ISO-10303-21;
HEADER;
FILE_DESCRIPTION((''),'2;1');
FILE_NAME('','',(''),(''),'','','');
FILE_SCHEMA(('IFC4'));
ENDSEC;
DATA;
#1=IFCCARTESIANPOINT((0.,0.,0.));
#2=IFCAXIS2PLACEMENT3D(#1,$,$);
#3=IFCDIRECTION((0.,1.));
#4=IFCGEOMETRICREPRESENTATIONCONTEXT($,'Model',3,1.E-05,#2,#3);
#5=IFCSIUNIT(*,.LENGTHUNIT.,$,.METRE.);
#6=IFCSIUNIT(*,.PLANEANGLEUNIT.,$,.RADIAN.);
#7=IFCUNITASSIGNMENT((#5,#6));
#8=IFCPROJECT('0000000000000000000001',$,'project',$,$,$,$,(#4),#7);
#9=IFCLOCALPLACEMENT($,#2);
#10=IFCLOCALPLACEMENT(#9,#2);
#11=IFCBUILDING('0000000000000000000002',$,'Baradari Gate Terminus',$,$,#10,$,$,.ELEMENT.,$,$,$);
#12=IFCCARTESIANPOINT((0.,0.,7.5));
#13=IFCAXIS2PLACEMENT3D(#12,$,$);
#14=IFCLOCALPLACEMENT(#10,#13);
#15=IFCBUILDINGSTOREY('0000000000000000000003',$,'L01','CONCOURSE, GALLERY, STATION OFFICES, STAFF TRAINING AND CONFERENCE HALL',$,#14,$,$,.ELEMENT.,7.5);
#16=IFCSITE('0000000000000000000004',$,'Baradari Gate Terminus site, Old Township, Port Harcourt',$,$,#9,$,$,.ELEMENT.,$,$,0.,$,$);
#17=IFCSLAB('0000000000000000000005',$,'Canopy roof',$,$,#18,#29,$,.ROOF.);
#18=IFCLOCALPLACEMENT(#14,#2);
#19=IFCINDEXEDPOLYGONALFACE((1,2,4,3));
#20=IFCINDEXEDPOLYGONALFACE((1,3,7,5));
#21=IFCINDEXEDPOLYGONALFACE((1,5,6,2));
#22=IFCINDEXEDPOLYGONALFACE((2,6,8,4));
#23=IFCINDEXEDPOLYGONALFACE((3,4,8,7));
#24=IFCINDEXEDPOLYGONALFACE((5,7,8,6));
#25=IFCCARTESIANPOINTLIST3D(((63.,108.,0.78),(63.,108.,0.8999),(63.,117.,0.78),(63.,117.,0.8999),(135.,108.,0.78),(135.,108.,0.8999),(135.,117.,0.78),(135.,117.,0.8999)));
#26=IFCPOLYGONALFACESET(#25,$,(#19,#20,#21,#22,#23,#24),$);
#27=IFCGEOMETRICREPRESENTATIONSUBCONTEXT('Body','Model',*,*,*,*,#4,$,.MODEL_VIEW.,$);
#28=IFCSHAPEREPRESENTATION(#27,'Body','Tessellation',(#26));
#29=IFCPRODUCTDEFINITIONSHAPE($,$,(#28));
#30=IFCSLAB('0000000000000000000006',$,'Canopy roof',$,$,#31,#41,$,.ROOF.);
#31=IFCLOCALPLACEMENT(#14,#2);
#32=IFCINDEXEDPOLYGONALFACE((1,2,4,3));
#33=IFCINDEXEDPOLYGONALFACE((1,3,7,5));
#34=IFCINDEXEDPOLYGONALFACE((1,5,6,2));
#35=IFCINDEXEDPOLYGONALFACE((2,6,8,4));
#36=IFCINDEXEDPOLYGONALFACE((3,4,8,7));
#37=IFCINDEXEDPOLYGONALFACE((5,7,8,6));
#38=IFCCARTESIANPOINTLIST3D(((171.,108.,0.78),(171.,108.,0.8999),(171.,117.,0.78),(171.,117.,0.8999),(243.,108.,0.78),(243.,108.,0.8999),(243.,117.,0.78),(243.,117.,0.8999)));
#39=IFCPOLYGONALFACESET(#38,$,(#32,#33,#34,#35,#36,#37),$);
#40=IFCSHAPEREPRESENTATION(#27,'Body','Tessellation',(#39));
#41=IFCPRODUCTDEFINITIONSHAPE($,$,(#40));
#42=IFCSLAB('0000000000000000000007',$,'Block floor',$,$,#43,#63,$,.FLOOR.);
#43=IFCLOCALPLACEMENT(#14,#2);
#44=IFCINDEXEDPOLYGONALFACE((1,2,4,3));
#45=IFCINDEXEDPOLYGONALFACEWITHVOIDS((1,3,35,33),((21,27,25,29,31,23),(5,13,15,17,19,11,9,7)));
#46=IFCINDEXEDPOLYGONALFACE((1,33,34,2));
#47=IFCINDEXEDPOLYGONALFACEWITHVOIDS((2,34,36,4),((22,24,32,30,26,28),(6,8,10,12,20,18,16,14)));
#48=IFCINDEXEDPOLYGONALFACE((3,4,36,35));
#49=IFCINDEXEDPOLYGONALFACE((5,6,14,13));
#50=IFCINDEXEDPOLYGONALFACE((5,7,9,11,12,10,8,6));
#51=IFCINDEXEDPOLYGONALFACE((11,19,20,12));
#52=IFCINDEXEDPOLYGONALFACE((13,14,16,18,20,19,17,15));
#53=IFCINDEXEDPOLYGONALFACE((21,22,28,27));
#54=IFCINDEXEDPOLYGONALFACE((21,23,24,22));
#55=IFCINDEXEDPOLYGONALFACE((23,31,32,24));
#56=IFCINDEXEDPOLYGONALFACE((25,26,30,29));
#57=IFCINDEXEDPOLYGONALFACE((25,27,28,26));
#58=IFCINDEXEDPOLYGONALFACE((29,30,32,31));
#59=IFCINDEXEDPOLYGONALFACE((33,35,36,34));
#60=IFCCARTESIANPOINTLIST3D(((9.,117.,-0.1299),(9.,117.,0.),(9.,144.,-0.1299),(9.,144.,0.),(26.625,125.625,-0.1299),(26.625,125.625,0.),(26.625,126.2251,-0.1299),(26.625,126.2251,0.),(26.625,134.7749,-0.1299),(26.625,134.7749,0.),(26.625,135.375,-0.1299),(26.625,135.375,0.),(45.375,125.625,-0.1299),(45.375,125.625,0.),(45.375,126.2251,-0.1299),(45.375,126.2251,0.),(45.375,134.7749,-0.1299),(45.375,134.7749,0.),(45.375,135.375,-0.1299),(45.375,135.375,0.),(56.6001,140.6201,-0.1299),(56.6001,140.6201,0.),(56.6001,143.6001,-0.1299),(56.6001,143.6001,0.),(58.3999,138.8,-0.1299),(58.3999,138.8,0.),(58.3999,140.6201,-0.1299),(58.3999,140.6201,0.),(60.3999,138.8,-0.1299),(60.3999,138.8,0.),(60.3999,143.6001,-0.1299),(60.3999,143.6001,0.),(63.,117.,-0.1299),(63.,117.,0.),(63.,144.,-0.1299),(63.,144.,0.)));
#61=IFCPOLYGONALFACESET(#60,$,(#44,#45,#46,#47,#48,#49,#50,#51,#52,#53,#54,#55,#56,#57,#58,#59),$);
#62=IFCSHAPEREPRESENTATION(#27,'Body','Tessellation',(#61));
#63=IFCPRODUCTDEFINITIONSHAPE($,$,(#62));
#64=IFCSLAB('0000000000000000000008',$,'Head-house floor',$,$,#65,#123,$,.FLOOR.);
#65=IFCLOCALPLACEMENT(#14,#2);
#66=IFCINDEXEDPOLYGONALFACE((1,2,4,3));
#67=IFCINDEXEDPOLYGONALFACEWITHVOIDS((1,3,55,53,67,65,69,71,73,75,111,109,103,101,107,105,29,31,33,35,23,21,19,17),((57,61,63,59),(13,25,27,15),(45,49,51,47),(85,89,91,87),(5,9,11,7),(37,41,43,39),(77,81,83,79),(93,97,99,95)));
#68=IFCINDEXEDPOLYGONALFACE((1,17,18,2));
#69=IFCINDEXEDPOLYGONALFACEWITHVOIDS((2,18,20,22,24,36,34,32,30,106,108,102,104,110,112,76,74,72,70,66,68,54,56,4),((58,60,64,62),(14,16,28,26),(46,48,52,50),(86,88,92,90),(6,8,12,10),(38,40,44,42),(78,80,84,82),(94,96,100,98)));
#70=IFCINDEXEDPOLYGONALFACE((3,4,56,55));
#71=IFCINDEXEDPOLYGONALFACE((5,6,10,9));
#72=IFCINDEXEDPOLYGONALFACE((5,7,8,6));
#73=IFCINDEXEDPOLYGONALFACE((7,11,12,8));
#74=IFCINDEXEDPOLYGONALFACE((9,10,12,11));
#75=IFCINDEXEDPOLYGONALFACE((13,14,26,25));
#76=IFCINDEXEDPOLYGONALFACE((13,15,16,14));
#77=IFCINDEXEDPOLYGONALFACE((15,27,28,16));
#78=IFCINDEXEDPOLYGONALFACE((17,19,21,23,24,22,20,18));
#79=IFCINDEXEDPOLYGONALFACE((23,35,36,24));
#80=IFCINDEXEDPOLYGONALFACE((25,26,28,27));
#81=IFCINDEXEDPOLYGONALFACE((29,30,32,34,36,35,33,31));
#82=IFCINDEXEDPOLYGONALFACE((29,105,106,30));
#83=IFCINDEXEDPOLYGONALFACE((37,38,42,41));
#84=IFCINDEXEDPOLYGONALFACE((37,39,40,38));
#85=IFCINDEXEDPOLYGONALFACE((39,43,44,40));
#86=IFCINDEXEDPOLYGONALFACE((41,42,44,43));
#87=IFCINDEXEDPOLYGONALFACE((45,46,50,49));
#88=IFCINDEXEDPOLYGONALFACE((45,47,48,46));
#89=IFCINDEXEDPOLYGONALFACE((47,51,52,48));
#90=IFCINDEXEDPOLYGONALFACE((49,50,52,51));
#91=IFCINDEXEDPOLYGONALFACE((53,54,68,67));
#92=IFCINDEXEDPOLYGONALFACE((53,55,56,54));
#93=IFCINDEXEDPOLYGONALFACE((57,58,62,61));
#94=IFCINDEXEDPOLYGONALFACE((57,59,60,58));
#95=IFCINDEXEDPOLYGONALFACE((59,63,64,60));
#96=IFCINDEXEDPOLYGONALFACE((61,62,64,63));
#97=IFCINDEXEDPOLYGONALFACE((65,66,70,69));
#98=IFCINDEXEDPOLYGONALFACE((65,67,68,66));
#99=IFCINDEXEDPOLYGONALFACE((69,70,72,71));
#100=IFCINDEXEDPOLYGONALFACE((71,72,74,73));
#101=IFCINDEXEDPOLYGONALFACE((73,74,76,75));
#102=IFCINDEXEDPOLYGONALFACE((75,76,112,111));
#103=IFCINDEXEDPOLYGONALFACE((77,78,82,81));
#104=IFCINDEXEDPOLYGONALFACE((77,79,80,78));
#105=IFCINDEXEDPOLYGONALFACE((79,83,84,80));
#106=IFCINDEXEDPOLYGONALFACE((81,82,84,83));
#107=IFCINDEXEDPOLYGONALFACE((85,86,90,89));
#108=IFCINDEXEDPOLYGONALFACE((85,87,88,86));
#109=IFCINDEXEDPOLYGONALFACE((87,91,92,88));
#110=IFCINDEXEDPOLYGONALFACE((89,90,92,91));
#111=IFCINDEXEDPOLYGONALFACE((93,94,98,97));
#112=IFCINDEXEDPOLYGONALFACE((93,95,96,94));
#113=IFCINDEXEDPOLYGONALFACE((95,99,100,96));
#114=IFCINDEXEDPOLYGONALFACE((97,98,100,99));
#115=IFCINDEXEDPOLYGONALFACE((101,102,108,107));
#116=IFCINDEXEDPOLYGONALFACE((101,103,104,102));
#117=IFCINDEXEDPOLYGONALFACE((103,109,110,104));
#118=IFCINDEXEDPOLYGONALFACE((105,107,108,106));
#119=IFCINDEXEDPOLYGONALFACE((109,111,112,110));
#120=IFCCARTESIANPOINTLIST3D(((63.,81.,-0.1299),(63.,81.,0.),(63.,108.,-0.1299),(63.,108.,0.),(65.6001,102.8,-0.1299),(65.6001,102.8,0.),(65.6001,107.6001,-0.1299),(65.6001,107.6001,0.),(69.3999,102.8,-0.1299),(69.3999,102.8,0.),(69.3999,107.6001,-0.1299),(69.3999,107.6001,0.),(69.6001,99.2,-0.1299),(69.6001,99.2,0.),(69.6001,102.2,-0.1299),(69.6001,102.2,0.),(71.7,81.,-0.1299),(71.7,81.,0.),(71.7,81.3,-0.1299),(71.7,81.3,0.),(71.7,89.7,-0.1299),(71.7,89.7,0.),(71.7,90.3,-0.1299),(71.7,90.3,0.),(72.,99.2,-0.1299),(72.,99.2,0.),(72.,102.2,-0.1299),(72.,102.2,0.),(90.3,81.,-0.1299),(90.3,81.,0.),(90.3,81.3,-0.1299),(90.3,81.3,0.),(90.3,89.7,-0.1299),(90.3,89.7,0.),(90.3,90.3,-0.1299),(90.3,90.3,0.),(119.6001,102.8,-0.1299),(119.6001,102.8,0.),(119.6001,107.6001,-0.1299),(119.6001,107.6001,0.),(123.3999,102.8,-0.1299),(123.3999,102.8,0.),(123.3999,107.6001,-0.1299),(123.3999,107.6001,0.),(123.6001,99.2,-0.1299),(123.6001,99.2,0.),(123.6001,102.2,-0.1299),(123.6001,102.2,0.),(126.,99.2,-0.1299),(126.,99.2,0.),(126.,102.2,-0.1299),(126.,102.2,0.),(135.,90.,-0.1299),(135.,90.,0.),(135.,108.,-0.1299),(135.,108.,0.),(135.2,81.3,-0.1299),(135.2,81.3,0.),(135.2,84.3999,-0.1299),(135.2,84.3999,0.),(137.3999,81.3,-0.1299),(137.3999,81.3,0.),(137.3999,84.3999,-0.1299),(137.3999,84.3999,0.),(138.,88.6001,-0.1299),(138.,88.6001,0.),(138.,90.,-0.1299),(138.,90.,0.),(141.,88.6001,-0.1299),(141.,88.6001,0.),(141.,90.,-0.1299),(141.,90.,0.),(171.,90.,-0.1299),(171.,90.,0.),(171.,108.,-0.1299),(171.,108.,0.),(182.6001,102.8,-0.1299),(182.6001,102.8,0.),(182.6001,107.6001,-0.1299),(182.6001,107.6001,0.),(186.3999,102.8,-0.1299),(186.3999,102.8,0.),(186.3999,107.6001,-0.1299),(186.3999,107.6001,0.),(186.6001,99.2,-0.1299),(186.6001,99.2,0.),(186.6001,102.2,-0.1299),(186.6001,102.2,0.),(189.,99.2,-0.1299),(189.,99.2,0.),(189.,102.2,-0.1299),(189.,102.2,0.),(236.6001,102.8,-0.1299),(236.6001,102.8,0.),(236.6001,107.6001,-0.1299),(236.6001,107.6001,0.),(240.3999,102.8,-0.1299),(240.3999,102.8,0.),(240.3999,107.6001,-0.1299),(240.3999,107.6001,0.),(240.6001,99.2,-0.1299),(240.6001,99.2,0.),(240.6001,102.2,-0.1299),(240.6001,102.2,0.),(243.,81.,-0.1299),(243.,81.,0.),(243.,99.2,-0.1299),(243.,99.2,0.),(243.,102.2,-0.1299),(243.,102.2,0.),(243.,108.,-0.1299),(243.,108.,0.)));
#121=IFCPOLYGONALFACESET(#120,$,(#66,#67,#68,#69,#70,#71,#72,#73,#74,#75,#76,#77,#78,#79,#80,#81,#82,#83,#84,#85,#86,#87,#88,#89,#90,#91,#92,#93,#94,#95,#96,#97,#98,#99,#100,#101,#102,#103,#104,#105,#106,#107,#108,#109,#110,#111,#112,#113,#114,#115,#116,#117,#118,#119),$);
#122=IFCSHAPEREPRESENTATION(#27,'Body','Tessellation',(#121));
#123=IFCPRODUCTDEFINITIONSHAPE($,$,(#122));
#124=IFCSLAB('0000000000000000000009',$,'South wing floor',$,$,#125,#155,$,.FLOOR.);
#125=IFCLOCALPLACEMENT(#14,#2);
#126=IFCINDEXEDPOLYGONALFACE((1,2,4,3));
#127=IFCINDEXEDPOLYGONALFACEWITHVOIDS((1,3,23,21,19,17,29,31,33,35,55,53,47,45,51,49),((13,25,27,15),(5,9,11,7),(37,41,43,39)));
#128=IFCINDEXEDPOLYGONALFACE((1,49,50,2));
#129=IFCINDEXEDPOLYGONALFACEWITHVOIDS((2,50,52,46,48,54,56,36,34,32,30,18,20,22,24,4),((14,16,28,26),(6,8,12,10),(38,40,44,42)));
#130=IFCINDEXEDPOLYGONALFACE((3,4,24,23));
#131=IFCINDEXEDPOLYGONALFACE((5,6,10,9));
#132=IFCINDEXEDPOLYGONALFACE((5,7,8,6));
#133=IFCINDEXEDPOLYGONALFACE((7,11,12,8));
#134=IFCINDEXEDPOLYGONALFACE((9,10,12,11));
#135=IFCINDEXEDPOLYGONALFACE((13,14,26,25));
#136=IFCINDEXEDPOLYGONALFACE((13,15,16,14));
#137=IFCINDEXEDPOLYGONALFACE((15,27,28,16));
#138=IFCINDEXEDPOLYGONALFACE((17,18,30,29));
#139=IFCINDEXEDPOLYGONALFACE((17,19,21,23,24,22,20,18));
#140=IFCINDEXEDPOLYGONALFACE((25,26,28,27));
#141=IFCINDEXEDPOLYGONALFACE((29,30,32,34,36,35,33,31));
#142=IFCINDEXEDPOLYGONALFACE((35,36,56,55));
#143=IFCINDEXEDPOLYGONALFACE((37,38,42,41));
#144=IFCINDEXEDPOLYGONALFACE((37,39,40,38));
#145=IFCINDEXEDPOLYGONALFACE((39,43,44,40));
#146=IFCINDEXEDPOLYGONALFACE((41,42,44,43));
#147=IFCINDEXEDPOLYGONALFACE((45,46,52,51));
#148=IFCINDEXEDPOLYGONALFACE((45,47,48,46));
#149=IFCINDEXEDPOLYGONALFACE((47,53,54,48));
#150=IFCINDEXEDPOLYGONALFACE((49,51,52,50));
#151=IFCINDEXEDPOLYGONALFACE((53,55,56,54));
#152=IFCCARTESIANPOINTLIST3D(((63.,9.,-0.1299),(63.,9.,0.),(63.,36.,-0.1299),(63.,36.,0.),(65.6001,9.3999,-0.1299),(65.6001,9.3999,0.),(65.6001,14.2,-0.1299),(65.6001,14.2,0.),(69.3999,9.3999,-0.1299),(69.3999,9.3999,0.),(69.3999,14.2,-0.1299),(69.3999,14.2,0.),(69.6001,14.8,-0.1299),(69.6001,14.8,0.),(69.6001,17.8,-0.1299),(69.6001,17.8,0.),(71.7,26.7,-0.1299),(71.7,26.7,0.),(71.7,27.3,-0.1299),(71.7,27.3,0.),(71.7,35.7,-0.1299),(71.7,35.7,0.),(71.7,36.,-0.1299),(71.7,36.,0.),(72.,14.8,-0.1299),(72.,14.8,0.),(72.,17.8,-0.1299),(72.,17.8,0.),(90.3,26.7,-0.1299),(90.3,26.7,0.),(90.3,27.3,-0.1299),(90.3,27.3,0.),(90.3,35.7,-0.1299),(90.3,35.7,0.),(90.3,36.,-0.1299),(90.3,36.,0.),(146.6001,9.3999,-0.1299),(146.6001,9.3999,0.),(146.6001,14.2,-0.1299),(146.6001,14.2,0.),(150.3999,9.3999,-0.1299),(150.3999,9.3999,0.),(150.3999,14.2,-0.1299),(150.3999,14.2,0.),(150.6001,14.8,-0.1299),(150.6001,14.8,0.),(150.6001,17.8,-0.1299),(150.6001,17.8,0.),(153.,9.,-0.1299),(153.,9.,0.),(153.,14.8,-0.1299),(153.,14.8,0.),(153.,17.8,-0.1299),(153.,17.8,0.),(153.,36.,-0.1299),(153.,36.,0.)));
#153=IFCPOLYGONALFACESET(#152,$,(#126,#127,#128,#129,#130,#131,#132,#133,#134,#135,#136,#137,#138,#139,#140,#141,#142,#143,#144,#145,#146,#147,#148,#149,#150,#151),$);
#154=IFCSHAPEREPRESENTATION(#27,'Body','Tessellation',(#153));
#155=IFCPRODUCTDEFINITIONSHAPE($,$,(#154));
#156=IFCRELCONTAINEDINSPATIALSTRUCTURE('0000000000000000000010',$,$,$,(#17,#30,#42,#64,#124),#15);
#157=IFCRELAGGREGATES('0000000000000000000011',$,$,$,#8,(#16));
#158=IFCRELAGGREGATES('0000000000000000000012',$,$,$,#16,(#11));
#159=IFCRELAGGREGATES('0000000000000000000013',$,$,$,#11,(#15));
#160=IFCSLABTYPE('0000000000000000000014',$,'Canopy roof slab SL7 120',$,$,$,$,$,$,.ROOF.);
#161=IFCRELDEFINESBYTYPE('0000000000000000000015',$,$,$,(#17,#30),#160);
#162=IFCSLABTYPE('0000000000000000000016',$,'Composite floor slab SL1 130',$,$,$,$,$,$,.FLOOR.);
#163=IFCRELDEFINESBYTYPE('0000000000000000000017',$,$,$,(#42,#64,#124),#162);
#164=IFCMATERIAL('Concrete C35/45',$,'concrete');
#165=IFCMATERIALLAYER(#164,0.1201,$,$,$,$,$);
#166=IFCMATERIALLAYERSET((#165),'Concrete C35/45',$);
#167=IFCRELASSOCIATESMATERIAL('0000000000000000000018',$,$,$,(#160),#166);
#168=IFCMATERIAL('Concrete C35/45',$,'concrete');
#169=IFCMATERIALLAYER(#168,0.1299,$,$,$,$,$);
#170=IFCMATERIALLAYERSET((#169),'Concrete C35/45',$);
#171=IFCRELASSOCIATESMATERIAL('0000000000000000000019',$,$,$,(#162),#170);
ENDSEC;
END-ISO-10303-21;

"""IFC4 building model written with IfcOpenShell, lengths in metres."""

from ifc_helpers import new_model, si_unit, direction, frame, origin, place, context, subcontext, project, spatial, polyline, outline, extrude, material, layer, layer_set, type_object, element, save


model = new_model("IFC4")

# Units and contexts
model_context = context("Model", 3, precision=1e-05, world=origin(), true_north=direction((0.0, 1.0)))
body_context = subcontext(model_context, "Body", "Model", "MODEL_VIEW")
ifc_project = project(units=[si_unit("LENGTHUNIT", "METRE"), si_unit("PLANEANGLEUNIT", "RADIAN")], contexts=[model_context])

# Site, building, storey
site_placement = place(None, origin())
site = spatial("IfcSite", under=ifc_project, at=site_placement, Name="Baradari Gate Terminus site, Old Township, Port Harcourt", CompositionType="ELEMENT", RefElevation=0.0)
building_placement = place(site_placement, origin())
building = spatial("IfcBuilding", under=site, at=building_placement, Name="Baradari Gate Terminus", CompositionType="ELEMENT")
storey_placement = place(building_placement, frame((0.0, 0.0, 7.5)))
storey = spatial("IfcBuildingStorey", under=building, at=storey_placement, Name="L01", Description="CONCOURSE, GALLERY, STATION OFFICES, STAFF TRAINING AND CONFERENCE HALL", CompositionType="ELEMENT", Elevation=7.5)

# Slabs
ifc_material_1 = material(Name="Concrete C35/45", Category="concrete")
ifc_layer_1 = layer(ifc_material_1, 0.1201)
ifc_layer_set_1 = layer_set([ifc_layer_1], Name="Concrete C35/45")
slab_type_1 = type_object("IfcSlabType", Name="Canopy roof slab SL7 120", PredefinedType="ROOF", material=ifc_layer_set_1)
slab_1_placement = place(storey_placement, frame((0.0, 0.0, 0.78)))
element("IfcSlab", 1, at=slab_1_placement, inside=storey, type_object=slab_type_1, Name="Canopy roof", PredefinedType="ROOF", context=body_context, shape_type="SweptSolid", body=[
    extrude(outline(polyline([(63.0, 117.0), (63.0, 108.0), (135.0, 108.0), (135.0, 117.0), (63.0, 117.0)])), origin(), (0.0, 0.0, 1.0), 0.1199),
])
slab_2_placement = place(storey_placement, frame((0.0, 0.0, 0.78)))
element("IfcSlab", 2, at=slab_2_placement, inside=storey, type_object=slab_type_1, Name="Canopy roof", PredefinedType="ROOF", context=body_context, shape_type="SweptSolid", body=[
    extrude(outline(polyline([(171.0, 117.0), (171.0, 108.0), (243.0, 108.0), (243.0, 117.0), (171.0, 117.0)])), origin(), (0.0, 0.0, 1.0), 0.1199),
])
ifc_material_2 = material(Name="Concrete C35/45", Category="concrete")
ifc_layer_2 = layer(ifc_material_2, 0.1299)
ifc_layer_set_2 = layer_set([ifc_layer_2], Name="Concrete C35/45")
slab_type_2 = type_object("IfcSlabType", Name="Composite floor slab SL1 130", PredefinedType="FLOOR", material=ifc_layer_set_2)
slab_3_placement = place(storey_placement, frame((0.0, 0.0, -0.1299)))
element("IfcSlab", 3, at=slab_3_placement, inside=storey, type_object=slab_type_2, Name="Block floor", PredefinedType="FLOOR", context=body_context, shape_type="SweptSolid", body=[
    extrude(outline(polyline([(63.0, 117.0), (63.0, 144.0), (9.0, 144.0), (9.0, 117.0), (63.0, 117.0)]), holes=[polyline([(56.6001, 143.6001), (56.6001, 140.6201), (58.3999, 140.6201), (58.3999, 138.8), (60.3999, 138.8), (60.3999, 143.6001), (56.6001, 143.6001)]), polyline([(45.375, 134.7749), (45.375, 135.375), (26.625, 135.375), (26.625, 134.7749), (26.625, 126.2251), (26.625, 125.625), (45.375, 125.625), (45.375, 126.2251), (45.375, 134.7749)])]), origin(), (0.0, 0.0, 1.0), 0.1299),
])
slab_4_placement = place(storey_placement, frame((0.0, 0.0, -0.1299)))
element("IfcSlab", 4, at=slab_4_placement, inside=storey, type_object=slab_type_2, Name="Head-house floor", PredefinedType="FLOOR", context=body_context, shape_type="SweptSolid", body=[
    extrude(outline(polyline([(240.6001, 99.2), (240.6001, 102.2), (243.0, 102.2), (243.0, 108.0), (171.0, 108.0), (171.0, 90.0), (141.0, 90.0), (141.0, 88.6001), (138.0, 88.6001), (138.0, 90.0), (135.0, 90.0), (135.0, 108.0), (63.0, 108.0), (63.0, 81.0), (71.7, 81.0), (71.7, 81.3), (71.7, 89.7), (71.7, 90.3), (90.3, 90.3), (90.3, 89.7), (90.3, 81.3), (90.3, 81.0), (243.0, 81.0), (243.0, 99.2), (240.6001, 99.2)]), holes=[polyline([(240.3999, 102.8), (240.3999, 107.6001), (236.6001, 107.6001), (236.6001, 102.8), (240.3999, 102.8)]), polyline([(189.0, 102.2), (186.6001, 102.2), (186.6001, 99.2), (189.0, 99.2), (189.0, 102.2)]), polyline([(182.6001, 107.6001), (182.6001, 102.8), (186.3999, 102.8), (186.3999, 107.6001), (182.6001, 107.6001)]), polyline([(135.2, 81.3), (137.3999, 81.3), (137.3999, 84.3999), (135.2, 84.3999), (135.2, 81.3)]), polyline([(123.6001, 99.2), (126.0, 99.2), (126.0, 102.2), (123.6001, 102.2), (123.6001, 99.2)]), polyline([(123.3999, 102.8), (123.3999, 107.6001), (119.6001, 107.6001), (119.6001, 102.8), (123.3999, 102.8)]), polyline([(72.0, 102.2), (69.6001, 102.2), (69.6001, 99.2), (72.0, 99.2), (72.0, 102.2)]), polyline([(65.6001, 107.6001), (65.6001, 102.8), (69.3999, 102.8), (69.3999, 107.6001), (65.6001, 107.6001)])]), origin(), (0.0, 0.0, 1.0), 0.1299),
])
slab_5_placement = place(storey_placement, frame((0.0, 0.0, -0.1299)))
element("IfcSlab", 5, at=slab_5_placement, inside=storey, type_object=slab_type_2, Name="South wing floor", PredefinedType="FLOOR", context=body_context, shape_type="SweptSolid", body=[
    extrude(outline(polyline([(153.0, 36.0), (90.3, 36.0), (90.3, 35.7), (90.3, 27.3), (90.3, 26.7), (71.7, 26.7), (71.7, 27.3), (71.7, 35.7), (71.7, 36.0), (63.0, 36.0), (63.0, 9.0), (153.0, 9.0), (153.0, 14.8), (150.6001, 14.8), (150.6001, 17.8), (153.0, 17.8), (153.0, 36.0)]), holes=[polyline([(150.3999, 9.3999), (150.3999, 14.2), (146.6001, 14.2), (146.6001, 9.3999), (150.3999, 9.3999)]), polyline([(72.0, 17.8), (69.6001, 17.8), (69.6001, 14.8), (72.0, 14.8), (72.0, 17.8)]), polyline([(65.6001, 14.2), (65.6001, 9.3999), (69.3999, 9.3999), (69.3999, 14.2), (65.6001, 14.2)])]), origin(), (0.0, 0.0, 1.0), 0.1299),
])

save(model, "model.ifc")
